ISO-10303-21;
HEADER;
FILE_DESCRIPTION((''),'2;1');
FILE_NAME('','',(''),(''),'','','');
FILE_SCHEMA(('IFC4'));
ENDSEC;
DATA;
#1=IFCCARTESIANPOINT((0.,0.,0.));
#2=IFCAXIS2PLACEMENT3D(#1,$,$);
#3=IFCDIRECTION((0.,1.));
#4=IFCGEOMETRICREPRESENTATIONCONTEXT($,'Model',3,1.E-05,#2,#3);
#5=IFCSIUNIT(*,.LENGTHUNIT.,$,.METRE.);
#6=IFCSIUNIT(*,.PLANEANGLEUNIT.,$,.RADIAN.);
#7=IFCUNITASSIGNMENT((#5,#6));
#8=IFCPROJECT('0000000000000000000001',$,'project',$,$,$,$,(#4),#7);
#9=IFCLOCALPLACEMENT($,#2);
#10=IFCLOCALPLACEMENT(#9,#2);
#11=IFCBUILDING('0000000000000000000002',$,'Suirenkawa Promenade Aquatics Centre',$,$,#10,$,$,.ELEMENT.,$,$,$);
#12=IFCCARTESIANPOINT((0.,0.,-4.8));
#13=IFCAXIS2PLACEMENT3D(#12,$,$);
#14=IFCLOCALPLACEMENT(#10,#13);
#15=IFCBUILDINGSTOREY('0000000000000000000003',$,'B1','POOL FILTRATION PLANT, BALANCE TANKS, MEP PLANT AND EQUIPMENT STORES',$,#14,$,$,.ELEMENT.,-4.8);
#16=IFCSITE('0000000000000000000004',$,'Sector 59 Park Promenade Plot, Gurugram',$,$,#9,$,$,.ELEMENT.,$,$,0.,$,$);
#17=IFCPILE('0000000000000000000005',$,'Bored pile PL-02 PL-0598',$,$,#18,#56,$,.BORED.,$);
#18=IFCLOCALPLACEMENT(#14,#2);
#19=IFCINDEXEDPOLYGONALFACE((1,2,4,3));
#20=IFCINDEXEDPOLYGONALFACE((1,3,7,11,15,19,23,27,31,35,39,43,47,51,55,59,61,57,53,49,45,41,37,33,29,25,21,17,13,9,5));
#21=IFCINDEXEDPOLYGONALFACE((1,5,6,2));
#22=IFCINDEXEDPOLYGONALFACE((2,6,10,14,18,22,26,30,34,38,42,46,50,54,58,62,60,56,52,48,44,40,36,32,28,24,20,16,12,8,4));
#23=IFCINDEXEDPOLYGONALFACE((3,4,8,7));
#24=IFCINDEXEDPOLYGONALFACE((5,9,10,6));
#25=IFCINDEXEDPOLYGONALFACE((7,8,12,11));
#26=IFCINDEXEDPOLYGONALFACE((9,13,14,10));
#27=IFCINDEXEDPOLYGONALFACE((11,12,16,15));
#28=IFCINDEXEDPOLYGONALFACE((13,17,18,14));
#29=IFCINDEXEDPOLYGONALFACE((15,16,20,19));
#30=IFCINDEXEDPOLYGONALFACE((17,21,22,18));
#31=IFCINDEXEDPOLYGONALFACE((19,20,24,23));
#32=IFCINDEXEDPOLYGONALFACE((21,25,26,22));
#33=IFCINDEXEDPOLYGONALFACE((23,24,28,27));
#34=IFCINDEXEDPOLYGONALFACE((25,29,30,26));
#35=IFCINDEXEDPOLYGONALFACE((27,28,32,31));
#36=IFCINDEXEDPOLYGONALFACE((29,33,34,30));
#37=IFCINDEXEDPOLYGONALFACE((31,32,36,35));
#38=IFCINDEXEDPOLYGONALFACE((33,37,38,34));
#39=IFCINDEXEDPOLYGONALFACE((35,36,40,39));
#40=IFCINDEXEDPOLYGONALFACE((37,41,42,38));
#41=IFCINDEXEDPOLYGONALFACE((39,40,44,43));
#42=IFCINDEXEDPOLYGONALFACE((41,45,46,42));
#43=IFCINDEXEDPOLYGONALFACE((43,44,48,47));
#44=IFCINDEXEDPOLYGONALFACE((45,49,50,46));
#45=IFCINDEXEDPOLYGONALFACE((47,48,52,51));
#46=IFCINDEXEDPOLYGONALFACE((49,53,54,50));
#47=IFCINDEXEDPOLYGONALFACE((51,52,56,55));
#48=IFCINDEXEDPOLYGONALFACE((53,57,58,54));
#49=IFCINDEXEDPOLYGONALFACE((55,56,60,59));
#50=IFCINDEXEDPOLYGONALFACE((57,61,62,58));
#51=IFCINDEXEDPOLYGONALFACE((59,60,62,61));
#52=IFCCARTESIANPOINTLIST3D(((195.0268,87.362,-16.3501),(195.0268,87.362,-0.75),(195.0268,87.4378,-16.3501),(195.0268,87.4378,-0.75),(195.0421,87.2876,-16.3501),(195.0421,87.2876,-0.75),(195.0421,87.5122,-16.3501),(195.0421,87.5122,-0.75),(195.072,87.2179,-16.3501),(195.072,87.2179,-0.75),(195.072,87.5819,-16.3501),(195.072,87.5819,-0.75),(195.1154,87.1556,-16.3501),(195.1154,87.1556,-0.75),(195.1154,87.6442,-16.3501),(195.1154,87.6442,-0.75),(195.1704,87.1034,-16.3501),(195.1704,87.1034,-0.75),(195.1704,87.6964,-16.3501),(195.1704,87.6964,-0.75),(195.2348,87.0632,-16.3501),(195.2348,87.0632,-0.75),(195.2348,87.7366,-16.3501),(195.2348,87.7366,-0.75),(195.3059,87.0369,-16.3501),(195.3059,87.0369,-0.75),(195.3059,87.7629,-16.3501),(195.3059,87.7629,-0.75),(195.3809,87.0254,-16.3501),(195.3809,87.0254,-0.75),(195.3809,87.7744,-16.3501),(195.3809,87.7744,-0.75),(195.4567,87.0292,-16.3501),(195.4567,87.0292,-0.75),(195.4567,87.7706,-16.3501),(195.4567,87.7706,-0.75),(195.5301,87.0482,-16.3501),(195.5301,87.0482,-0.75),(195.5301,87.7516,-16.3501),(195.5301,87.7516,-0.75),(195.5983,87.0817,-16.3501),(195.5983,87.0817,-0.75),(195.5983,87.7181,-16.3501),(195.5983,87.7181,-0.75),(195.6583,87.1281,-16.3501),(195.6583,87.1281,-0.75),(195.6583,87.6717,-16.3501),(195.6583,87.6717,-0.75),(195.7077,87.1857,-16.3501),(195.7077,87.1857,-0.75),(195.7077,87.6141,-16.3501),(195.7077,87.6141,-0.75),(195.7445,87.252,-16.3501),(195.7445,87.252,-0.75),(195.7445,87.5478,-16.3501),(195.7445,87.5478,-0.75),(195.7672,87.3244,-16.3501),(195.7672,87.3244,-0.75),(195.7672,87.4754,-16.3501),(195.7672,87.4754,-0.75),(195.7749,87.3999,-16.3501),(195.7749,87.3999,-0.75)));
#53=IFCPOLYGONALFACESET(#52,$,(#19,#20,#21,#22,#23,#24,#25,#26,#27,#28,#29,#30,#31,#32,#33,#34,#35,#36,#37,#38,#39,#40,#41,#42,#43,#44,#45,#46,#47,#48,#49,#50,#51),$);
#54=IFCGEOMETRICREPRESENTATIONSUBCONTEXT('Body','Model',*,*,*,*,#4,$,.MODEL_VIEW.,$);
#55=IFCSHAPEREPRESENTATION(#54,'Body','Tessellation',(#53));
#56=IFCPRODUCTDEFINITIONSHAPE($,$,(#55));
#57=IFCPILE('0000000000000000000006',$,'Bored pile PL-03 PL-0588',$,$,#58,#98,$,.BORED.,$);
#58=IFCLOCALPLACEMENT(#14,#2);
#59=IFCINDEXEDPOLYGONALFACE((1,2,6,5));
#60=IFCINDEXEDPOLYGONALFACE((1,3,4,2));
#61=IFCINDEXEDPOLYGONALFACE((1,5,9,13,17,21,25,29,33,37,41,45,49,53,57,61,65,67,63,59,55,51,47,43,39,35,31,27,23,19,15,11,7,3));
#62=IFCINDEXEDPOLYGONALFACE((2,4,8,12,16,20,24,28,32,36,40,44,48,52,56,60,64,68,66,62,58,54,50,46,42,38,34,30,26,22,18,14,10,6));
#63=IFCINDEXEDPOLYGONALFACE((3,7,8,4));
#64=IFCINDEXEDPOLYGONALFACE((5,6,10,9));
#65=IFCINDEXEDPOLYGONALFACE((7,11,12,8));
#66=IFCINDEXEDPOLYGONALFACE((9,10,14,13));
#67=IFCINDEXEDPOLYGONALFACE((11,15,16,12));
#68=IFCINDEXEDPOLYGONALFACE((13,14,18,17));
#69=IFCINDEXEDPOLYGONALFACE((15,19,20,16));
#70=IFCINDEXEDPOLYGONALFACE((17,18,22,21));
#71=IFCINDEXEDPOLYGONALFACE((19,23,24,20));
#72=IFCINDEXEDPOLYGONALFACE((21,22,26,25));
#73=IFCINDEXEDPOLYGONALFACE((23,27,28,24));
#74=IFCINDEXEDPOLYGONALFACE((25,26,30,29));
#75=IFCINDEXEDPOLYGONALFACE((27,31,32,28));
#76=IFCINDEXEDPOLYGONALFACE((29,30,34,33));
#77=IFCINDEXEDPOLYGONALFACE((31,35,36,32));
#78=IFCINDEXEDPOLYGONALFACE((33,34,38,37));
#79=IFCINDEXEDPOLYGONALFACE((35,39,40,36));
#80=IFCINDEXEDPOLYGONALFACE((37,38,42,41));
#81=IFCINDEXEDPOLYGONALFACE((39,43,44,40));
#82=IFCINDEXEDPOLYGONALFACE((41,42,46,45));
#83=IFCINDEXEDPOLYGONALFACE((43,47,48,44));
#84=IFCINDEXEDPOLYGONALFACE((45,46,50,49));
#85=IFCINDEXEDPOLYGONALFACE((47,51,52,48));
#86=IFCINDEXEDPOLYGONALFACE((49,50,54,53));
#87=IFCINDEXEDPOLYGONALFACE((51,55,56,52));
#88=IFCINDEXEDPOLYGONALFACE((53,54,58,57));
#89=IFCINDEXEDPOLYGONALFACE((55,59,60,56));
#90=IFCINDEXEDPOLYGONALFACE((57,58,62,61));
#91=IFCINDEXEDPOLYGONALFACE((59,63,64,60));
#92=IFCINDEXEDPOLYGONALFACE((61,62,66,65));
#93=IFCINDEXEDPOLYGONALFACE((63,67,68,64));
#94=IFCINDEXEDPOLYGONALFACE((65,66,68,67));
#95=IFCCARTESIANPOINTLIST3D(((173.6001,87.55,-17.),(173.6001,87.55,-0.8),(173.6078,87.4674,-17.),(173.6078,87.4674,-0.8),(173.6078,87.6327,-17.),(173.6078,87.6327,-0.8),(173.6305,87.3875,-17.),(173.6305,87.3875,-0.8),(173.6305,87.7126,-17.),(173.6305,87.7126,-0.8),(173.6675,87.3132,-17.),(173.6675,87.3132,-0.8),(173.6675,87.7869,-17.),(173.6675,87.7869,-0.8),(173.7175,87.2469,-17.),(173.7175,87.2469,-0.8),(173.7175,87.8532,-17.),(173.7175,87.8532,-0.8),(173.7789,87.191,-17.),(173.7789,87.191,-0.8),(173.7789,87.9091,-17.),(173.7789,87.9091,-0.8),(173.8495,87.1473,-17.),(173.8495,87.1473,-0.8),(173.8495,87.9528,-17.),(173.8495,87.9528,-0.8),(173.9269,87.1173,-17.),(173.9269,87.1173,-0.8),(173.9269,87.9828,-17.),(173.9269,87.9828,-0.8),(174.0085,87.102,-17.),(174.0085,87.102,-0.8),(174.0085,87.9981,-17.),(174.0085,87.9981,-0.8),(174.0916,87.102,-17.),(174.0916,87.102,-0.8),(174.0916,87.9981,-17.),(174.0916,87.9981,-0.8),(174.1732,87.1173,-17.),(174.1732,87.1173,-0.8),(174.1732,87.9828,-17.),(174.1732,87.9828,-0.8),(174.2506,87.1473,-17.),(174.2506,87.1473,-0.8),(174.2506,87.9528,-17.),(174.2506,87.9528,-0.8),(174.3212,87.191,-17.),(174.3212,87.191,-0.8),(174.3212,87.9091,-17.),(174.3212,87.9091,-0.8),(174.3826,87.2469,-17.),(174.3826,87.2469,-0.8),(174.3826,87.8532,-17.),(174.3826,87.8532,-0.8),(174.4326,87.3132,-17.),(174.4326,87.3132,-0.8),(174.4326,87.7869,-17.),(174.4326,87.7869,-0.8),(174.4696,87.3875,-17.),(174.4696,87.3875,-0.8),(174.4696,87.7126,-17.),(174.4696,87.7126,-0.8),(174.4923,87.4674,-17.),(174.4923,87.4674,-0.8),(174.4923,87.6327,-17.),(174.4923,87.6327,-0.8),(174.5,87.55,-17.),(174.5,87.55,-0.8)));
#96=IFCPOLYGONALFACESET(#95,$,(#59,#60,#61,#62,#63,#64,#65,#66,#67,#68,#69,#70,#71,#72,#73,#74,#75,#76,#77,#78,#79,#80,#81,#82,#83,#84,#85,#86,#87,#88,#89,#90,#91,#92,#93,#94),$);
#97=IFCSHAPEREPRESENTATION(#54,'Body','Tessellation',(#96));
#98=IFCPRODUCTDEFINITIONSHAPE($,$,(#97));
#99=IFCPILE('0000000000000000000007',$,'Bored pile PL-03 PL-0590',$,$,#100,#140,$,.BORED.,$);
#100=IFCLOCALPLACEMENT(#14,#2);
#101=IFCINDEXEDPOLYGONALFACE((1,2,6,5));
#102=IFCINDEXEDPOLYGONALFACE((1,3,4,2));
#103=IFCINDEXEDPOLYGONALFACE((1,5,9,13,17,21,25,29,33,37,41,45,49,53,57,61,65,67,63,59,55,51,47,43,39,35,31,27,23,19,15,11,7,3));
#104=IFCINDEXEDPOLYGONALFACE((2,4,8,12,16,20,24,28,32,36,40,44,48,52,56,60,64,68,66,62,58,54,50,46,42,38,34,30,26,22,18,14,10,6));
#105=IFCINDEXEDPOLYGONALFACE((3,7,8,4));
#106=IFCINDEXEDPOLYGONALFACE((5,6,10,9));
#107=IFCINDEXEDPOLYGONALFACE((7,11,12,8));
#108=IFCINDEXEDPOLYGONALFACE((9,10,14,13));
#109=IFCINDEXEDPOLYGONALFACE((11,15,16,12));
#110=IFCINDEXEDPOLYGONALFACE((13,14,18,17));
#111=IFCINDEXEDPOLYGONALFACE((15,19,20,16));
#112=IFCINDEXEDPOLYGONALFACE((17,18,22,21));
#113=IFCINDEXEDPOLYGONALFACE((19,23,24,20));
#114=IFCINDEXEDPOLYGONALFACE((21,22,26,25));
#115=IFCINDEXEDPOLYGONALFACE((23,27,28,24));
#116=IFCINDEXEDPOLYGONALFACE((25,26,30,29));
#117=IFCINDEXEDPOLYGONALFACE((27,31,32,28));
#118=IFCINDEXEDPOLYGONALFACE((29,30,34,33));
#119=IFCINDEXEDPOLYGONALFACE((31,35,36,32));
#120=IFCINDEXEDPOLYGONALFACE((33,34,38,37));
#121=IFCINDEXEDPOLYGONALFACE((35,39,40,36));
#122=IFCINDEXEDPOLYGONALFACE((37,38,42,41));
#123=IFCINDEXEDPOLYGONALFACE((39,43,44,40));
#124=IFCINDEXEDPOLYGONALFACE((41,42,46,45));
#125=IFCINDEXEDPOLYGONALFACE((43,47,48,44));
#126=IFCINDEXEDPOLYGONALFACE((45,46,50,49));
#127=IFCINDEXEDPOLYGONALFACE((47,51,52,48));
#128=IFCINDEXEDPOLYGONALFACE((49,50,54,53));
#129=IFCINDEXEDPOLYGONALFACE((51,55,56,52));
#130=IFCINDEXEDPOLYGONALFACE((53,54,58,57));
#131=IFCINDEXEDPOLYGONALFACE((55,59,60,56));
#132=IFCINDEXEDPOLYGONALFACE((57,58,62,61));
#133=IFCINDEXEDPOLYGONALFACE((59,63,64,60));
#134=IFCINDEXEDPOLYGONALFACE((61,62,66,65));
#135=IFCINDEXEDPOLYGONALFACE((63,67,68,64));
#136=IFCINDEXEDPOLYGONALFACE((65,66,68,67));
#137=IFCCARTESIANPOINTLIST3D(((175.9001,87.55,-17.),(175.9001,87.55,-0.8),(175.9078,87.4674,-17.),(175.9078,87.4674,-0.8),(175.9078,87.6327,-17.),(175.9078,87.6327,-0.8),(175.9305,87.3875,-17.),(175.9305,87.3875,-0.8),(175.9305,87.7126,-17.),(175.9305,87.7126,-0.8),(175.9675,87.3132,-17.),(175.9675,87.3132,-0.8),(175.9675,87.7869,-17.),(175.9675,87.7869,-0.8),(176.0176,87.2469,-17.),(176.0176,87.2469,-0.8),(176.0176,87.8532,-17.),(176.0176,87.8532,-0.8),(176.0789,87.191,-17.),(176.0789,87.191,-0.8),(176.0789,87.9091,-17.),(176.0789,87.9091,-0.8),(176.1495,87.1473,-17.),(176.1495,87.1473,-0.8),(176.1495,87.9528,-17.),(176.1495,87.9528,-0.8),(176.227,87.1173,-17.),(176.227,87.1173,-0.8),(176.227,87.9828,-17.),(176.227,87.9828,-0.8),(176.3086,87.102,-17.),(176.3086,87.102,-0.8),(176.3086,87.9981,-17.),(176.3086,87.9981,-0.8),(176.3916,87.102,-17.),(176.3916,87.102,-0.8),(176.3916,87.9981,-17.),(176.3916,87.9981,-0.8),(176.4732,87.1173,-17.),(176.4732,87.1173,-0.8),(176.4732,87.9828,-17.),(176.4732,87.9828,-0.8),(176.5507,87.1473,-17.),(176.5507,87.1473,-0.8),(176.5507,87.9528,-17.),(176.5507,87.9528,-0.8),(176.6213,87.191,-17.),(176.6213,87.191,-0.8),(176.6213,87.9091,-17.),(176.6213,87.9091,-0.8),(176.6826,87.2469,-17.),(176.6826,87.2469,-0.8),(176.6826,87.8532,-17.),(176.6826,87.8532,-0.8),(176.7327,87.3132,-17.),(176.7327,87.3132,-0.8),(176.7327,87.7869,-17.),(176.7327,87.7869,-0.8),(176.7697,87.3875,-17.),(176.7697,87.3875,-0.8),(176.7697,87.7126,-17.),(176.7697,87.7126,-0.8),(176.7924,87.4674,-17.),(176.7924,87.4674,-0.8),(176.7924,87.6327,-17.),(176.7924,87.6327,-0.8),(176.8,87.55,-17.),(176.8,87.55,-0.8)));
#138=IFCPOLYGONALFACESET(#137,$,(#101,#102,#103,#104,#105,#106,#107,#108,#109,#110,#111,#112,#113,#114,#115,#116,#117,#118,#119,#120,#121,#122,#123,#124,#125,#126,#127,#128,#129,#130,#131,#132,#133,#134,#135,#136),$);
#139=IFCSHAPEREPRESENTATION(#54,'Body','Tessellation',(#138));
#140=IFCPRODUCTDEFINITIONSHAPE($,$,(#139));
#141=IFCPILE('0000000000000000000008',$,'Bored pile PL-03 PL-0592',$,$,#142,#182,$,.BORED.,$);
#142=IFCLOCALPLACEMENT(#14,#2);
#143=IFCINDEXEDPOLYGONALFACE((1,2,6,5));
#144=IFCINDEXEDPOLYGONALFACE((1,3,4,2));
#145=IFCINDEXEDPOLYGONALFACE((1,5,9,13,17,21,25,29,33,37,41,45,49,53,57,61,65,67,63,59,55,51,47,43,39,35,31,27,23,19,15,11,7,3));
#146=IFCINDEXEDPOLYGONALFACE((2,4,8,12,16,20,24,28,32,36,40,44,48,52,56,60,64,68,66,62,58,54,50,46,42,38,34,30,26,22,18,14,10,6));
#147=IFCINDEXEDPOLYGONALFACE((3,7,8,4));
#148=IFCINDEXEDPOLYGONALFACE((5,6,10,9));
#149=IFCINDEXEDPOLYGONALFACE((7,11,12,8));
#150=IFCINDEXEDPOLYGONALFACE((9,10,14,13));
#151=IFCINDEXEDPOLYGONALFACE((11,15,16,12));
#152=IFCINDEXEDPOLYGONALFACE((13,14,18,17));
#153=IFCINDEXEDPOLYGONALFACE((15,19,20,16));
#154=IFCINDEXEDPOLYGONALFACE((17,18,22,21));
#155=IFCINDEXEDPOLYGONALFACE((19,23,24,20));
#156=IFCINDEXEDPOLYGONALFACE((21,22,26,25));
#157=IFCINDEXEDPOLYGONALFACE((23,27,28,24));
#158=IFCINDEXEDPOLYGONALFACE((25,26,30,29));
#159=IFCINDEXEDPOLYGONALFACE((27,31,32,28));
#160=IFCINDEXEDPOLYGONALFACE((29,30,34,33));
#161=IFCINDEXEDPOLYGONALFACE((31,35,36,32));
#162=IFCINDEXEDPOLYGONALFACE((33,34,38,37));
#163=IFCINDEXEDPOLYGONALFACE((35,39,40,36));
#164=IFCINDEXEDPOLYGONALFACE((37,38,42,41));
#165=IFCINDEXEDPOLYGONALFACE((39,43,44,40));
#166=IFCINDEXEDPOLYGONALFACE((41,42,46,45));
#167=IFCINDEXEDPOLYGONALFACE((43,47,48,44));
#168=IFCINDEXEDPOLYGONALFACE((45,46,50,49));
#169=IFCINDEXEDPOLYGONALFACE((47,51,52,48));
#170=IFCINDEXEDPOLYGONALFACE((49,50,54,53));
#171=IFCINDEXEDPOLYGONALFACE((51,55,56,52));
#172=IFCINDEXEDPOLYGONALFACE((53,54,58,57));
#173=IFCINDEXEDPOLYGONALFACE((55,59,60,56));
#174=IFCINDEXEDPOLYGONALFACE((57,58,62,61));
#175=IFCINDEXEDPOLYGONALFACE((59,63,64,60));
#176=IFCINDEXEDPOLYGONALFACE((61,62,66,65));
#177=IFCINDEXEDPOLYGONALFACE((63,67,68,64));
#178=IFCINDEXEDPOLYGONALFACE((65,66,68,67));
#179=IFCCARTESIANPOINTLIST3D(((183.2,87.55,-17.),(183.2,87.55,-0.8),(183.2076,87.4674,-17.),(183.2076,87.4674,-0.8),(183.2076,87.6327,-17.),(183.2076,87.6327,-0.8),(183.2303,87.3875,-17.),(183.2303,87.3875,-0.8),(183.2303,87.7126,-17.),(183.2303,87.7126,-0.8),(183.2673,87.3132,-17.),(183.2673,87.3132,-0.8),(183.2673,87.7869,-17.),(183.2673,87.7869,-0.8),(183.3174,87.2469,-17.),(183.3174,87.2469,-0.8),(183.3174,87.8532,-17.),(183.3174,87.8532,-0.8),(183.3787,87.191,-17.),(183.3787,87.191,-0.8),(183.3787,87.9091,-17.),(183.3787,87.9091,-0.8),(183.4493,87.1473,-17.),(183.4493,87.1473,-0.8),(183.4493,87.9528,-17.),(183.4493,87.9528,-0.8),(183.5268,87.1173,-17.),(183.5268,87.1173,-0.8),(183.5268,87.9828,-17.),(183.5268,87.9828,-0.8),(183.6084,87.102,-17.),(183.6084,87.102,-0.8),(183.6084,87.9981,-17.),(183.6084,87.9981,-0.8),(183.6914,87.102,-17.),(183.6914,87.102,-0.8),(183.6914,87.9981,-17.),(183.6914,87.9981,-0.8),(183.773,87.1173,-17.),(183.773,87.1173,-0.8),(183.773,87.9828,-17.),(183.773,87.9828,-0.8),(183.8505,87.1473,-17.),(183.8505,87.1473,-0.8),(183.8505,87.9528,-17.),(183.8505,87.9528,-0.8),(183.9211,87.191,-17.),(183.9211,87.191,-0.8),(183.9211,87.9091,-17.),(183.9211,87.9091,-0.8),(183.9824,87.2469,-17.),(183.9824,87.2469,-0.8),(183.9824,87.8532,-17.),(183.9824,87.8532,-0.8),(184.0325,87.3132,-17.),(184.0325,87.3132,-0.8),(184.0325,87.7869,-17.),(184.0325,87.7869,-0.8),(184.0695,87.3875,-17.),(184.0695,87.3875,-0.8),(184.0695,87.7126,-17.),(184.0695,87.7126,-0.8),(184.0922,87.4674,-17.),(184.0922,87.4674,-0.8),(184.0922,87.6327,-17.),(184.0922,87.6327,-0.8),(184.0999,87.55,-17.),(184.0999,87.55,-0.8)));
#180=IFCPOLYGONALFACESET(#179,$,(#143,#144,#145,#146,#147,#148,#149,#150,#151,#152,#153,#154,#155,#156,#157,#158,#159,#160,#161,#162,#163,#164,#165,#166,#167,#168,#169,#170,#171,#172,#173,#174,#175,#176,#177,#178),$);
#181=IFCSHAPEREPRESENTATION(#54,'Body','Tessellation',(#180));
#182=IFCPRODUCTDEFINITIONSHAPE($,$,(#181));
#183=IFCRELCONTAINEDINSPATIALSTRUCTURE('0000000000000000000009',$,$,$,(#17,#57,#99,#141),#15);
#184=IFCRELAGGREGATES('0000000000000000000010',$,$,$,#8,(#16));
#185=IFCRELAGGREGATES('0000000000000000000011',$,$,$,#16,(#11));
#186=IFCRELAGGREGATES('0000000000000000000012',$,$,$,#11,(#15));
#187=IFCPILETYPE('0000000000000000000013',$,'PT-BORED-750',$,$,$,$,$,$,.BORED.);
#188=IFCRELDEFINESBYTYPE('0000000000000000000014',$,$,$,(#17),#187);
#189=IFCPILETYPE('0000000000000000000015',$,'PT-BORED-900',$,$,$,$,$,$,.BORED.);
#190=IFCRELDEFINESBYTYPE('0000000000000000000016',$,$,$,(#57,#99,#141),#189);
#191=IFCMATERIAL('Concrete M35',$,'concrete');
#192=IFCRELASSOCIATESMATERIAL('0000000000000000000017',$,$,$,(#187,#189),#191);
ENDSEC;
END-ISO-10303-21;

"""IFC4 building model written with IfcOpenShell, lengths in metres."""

from ifc_helpers import new_model, si_unit, direction, frame, origin, origin_2d, place, context, subcontext, project, spatial, circle, extrude, material, material_profile, profile_set, type_object, element, save


model = new_model("IFC4")

# Units and contexts
model_context = context("Model", 3, precision=1e-05, world=origin(), true_north=direction((0.0, 1.0)))
body_context = subcontext(model_context, "Body", "Model", "MODEL_VIEW")
ifc_project = project(units=[si_unit("LENGTHUNIT", "METRE"), si_unit("PLANEANGLEUNIT", "RADIAN")], contexts=[model_context])

# Site, building, storey
site_placement = place(None, origin())
site = spatial("IfcSite", under=ifc_project, at=site_placement, Name="Sector 59 Park Promenade Plot, Gurugram", CompositionType="ELEMENT", RefElevation=0.0)
building_placement = place(site_placement, origin())
building = spatial("IfcBuilding", under=site, at=building_placement, Name="Suirenkawa Promenade Aquatics Centre", CompositionType="ELEMENT")
storey_placement = place(building_placement, frame((0.0, 0.0, -4.8)))
storey = spatial("IfcBuildingStorey", under=building, at=storey_placement, Name="B1", Description="POOL FILTRATION PLANT, BALANCE TANKS, MEP PLANT AND EQUIPMENT STORES", CompositionType="ELEMENT", Elevation=-4.8)

# Shared definitions
ifc_material_1 = material(Name="Concrete M35", Category="concrete")

# Piles
ifc_material_profile_1 = material_profile(ifc_material_1, circle(Radius=0.375, at=origin_2d()), Name="PILE D750", Category="concrete")
ifc_profile_set_1 = profile_set([ifc_material_profile_1], Name="Concrete M35")
pile_type_1 = type_object("IfcPileType", Name="PT-BORED-750", PredefinedType="BORED", material=ifc_profile_set_1)
for number, where, z_axis, x_axis, name in (
    (1, (195.3999, 87.3999, -0.75), (0.0, 0.0, -1.0), (1.0, 0.0, 0.0), "Bored pile PL-02 PL-0598"),
):
    element("IfcPile", number, at=place(storey_placement, frame(where, z_axis=z_axis, x_axis=x_axis)), inside=storey, type_object=pile_type_1, Name=name, PredefinedType="BORED", context=body_context, shape_type="SweptSolid", body=[
        extrude(circle(Radius=0.375, at=origin_2d()), origin(), (0.0, 0.0, 1.0), 15.6001),
    ])
ifc_material_profile_2 = material_profile(ifc_material_1, circle(Radius=0.45, at=origin_2d()), Name="PILE D900", Category="concrete")
ifc_profile_set_2 = profile_set([ifc_material_profile_2], Name="Concrete M35")
pile_type_2 = type_object("IfcPileType", Name="PT-BORED-900", PredefinedType="BORED", material=ifc_profile_set_2)
for number, where, z_axis, x_axis, name in (
    (2, (174.05, 87.55, -0.8), (0.0, 0.0, -1.0), (1.0, 0.0, 0.0), "Bored pile PL-03 PL-0588"),
    (3, (176.3501, 87.55, -0.8), (0.0, 0.0, -1.0), (1.0, 0.0, 0.0), "Bored pile PL-03 PL-0590"),
    (4, (183.6499, 87.55, -0.8), (0.0, 0.0, -1.0), (1.0, 0.0, 0.0), "Bored pile PL-03 PL-0592"),
):
    element("IfcPile", number, at=place(storey_placement, frame(where, z_axis=z_axis, x_axis=x_axis)), inside=storey, type_object=pile_type_2, Name=name, PredefinedType="BORED", context=body_context, shape_type="SweptSolid", body=[
        extrude(circle(Radius=0.45, at=origin_2d()), origin(), (0.0, 0.0, 1.0), 16.2),
    ])

save(model, "model.ifc")
